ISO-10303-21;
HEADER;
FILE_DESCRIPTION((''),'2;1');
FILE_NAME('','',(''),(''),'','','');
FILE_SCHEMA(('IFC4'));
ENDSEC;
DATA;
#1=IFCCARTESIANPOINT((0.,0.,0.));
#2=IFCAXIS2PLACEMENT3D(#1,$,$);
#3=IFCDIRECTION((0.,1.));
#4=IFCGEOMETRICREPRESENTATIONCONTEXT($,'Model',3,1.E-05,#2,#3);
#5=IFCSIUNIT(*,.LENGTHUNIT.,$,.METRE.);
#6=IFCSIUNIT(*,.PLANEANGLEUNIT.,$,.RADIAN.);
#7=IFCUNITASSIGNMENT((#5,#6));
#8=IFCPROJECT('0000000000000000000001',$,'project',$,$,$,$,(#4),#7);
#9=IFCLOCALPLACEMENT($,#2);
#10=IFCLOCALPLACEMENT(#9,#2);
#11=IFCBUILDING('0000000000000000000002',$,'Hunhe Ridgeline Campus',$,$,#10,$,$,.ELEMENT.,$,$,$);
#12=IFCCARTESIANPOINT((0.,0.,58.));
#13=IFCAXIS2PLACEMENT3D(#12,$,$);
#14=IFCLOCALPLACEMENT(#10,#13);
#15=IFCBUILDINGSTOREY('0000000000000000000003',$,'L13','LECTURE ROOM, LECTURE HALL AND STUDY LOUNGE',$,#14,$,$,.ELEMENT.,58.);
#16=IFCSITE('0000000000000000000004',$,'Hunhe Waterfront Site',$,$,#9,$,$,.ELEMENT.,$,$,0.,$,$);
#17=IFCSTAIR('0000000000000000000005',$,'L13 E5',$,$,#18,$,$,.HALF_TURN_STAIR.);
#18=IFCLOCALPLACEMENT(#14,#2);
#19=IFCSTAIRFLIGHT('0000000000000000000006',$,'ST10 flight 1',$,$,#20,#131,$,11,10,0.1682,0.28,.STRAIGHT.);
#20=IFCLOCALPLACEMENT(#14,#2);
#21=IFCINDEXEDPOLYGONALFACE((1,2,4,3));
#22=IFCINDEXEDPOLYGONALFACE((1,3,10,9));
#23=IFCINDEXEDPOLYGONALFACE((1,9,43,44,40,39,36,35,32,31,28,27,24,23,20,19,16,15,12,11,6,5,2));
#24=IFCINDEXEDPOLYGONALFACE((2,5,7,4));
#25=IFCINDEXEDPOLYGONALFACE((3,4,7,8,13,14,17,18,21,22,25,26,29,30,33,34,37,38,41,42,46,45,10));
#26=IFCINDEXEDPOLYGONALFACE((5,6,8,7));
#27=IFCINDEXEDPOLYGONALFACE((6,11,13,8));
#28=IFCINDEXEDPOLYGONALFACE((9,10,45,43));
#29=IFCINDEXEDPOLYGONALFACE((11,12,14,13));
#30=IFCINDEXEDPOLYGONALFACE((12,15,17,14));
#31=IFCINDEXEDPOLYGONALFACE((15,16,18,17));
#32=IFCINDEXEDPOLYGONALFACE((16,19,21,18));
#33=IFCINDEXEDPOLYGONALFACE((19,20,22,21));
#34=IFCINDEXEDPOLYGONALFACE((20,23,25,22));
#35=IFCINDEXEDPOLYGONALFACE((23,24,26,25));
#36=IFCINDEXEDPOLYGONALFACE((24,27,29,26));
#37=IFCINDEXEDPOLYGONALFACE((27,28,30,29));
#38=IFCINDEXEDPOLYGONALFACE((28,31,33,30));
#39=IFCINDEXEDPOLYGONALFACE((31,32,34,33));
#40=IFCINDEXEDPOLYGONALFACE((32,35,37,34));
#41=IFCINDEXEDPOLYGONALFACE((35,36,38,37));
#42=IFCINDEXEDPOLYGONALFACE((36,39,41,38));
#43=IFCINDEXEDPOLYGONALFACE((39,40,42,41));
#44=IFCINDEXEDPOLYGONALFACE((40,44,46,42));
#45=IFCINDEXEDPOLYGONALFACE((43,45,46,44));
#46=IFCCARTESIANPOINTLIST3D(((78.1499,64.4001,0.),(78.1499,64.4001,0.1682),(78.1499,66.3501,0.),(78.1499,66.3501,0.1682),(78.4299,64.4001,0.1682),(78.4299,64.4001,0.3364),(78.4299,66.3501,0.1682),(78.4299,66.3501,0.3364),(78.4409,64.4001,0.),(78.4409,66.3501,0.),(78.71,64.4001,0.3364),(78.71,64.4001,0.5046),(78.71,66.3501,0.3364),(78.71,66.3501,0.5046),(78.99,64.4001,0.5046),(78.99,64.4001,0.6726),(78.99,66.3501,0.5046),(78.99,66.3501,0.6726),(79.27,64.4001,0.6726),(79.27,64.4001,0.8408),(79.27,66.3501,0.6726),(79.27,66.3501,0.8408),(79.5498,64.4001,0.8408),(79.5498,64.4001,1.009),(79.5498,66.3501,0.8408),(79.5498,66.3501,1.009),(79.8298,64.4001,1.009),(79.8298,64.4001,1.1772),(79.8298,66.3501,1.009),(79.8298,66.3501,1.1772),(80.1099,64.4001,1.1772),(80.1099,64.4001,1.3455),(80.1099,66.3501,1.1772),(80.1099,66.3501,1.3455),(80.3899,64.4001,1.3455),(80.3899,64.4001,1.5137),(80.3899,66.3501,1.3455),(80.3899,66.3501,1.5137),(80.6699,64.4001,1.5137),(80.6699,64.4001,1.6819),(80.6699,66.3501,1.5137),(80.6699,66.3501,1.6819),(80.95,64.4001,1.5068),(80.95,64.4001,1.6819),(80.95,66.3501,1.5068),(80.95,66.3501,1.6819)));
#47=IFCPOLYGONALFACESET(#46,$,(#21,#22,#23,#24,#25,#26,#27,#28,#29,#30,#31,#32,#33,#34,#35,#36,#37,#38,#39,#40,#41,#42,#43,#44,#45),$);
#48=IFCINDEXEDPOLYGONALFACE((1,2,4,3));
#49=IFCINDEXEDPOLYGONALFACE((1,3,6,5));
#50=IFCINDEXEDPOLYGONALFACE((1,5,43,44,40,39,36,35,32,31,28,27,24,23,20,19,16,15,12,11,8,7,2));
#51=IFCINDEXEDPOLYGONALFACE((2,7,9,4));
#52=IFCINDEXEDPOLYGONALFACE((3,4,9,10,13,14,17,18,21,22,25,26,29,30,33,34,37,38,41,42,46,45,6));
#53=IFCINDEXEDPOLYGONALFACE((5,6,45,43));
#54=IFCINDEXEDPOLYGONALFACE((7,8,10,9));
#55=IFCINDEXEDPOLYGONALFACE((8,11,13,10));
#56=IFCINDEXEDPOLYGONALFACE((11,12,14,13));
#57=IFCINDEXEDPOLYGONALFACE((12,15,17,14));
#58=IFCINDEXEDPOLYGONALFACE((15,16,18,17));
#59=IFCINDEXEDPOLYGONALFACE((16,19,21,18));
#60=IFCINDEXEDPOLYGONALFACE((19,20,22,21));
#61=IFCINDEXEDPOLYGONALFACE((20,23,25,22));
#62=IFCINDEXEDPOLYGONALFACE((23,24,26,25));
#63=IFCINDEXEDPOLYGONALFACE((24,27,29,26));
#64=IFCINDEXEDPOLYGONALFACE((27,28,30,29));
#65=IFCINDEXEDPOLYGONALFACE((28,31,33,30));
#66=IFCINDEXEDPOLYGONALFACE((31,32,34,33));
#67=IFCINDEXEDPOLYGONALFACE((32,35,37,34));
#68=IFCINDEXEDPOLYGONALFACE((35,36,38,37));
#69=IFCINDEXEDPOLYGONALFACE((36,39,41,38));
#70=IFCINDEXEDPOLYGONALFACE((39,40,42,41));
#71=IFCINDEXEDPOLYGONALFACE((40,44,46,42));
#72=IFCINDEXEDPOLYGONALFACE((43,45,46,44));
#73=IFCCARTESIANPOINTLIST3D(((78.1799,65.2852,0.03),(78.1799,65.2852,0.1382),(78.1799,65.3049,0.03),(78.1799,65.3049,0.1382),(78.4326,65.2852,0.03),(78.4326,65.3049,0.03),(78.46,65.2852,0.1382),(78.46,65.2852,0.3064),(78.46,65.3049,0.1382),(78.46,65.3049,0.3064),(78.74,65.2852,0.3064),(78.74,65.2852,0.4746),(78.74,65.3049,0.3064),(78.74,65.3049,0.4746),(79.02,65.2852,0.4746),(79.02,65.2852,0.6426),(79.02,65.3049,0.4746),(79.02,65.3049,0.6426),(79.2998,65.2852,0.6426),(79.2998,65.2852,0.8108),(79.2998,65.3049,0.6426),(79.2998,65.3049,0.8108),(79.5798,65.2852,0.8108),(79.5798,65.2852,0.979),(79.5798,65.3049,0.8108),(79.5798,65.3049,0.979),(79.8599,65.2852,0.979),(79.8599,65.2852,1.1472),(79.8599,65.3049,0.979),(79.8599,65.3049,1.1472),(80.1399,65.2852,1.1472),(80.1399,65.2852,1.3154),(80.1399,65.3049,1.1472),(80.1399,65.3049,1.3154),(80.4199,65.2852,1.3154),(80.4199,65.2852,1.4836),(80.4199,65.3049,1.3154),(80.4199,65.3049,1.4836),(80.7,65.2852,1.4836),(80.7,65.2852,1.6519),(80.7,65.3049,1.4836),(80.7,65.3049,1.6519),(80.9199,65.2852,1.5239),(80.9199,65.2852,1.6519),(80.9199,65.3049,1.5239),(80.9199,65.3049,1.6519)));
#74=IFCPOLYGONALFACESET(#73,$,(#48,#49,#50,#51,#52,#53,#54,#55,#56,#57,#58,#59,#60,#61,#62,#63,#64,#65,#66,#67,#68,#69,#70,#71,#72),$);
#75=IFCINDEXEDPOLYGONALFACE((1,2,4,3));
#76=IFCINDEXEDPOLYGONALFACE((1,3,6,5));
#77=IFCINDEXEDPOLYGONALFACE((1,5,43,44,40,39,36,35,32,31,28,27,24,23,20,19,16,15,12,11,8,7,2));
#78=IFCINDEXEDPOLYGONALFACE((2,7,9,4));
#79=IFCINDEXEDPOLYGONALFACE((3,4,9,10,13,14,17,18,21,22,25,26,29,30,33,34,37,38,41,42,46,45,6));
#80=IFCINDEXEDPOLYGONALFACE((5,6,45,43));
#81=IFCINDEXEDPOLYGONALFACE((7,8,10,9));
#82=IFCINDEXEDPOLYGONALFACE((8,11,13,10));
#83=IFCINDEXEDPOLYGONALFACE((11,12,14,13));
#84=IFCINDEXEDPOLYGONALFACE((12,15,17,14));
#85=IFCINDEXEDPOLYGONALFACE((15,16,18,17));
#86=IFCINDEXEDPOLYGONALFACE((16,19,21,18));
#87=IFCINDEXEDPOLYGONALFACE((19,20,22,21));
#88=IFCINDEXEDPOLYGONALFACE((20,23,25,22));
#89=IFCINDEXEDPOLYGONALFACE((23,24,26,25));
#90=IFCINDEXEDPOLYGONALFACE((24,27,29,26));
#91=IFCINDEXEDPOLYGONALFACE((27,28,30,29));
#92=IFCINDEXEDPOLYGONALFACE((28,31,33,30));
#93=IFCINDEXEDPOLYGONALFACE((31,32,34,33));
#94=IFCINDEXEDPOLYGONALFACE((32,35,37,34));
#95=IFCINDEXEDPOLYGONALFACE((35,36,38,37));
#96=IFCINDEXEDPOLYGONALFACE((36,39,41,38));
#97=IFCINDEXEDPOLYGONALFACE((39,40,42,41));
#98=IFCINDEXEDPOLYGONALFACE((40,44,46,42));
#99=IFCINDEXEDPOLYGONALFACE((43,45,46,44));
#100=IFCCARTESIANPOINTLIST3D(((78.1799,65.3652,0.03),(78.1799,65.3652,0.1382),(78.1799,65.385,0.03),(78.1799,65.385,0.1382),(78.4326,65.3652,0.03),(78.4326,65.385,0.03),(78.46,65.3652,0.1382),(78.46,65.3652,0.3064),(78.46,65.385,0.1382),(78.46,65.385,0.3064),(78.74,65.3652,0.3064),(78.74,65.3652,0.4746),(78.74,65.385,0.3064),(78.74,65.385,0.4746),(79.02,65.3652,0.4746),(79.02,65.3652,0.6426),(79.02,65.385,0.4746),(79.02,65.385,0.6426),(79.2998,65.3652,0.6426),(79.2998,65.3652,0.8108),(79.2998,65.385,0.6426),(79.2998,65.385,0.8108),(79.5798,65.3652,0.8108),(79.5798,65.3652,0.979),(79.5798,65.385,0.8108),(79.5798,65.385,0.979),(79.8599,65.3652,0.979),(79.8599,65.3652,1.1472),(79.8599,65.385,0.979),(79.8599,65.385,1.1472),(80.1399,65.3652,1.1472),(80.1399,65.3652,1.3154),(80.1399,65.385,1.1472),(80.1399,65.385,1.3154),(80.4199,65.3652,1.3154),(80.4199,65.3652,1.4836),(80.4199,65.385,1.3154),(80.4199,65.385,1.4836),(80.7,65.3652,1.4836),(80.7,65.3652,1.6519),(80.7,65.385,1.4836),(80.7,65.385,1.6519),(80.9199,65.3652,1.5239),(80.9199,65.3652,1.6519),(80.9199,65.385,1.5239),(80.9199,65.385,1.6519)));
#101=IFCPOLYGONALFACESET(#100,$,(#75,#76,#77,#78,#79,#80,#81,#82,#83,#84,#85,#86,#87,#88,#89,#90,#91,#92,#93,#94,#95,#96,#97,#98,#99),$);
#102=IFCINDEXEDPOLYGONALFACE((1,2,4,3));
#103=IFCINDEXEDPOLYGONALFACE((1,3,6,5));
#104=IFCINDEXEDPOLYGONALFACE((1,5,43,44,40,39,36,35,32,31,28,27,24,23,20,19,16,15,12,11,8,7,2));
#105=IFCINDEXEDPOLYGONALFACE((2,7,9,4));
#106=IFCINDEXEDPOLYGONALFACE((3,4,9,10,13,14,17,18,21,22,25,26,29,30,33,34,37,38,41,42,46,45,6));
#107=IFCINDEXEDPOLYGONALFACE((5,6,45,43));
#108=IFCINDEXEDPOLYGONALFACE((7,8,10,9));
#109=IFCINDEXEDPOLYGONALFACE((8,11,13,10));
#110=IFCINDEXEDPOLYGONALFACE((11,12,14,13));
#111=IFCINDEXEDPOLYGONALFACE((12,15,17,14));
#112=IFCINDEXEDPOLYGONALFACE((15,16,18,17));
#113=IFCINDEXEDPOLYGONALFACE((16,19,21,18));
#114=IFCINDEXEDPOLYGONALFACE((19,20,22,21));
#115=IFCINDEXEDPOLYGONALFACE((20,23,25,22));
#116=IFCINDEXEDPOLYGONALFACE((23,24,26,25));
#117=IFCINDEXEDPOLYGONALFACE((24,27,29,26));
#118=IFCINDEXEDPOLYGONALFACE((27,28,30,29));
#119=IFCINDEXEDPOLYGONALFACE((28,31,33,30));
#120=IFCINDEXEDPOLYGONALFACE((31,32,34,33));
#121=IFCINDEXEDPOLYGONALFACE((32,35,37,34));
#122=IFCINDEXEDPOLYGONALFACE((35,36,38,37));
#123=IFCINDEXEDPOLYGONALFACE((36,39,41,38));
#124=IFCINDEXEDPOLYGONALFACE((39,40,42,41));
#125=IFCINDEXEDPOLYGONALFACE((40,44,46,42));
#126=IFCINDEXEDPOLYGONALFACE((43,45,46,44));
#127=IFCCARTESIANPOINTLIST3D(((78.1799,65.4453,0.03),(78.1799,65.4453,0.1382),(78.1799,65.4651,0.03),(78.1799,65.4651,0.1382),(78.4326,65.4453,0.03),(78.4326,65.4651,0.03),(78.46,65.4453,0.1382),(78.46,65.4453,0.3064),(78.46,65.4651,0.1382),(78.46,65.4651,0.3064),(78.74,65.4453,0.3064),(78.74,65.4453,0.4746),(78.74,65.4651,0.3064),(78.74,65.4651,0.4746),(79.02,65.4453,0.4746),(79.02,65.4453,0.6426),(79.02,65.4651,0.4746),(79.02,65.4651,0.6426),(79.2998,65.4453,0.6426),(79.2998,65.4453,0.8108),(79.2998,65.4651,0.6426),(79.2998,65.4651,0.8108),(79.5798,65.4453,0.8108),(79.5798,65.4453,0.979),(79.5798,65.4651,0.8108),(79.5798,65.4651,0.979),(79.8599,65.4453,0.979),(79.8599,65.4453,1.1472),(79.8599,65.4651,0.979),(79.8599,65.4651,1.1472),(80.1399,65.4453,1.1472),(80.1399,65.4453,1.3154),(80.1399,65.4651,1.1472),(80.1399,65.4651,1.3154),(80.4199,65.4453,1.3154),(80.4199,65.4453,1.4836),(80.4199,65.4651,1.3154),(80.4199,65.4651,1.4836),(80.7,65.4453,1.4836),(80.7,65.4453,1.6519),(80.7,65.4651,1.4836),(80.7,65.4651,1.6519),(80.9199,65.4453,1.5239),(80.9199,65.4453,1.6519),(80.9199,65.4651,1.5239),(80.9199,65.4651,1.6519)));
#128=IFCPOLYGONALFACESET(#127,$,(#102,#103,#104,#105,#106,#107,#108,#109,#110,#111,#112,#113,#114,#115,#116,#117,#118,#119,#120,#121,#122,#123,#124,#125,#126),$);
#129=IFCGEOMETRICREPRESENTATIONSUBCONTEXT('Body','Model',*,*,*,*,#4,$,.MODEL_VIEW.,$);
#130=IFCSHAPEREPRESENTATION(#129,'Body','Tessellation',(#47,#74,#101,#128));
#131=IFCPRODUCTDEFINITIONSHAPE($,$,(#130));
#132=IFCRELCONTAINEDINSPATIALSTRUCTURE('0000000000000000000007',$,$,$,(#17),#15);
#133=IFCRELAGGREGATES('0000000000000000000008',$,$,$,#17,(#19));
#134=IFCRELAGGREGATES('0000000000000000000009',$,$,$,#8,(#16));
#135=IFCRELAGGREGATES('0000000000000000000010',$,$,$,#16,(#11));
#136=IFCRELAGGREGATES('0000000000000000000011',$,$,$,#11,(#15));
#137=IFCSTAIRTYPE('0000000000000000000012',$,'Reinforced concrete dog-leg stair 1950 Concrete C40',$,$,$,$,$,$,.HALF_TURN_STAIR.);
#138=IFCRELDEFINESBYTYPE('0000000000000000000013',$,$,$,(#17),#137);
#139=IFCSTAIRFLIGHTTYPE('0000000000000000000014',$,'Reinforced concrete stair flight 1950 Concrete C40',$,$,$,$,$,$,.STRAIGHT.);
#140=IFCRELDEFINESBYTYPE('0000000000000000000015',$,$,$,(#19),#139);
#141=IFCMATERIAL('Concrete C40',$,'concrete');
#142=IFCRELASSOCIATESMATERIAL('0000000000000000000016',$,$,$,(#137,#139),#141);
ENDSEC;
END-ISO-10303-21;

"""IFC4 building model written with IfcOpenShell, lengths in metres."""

from ifc_helpers import new_model, si_unit, direction, frame, origin, place, context, subcontext, project, spatial, polyline, outline, extrude, material, type_object, element, aggregate, save


model = new_model("IFC4")

# Units and contexts
model_context = context("Model", 3, precision=1e-05, world=origin(), true_north=direction((0.0, 1.0)))
body_context = subcontext(model_context, "Body", "Model", "MODEL_VIEW")
ifc_project = project(units=[si_unit("LENGTHUNIT", "METRE"), si_unit("PLANEANGLEUNIT", "RADIAN")], contexts=[model_context])

# Site, building, storey
site_placement = place(None, origin())
site = spatial("IfcSite", under=ifc_project, at=site_placement, Name="Hunhe Waterfront Site", CompositionType="ELEMENT", RefElevation=0.0)
building_placement = place(site_placement, origin())
building = spatial("IfcBuilding", under=site, at=building_placement, Name="Hunhe Ridgeline Campus", CompositionType="ELEMENT")
storey_placement = place(building_placement, frame((0.0, 0.0, 58.0)))
storey = spatial("IfcBuildingStorey", under=building, at=storey_placement, Name="L13", Description="LECTURE ROOM, LECTURE HALL AND STUDY LOUNGE", CompositionType="ELEMENT", Elevation=58.0)

# Stair, stair flight
ifc_material_1 = material(Name="Concrete C40", Category="concrete")
stair_type = type_object("IfcStairType", Name="Reinforced concrete dog-leg stair 1950 Concrete C40", PredefinedType="HALF_TURN_STAIR", material=ifc_material_1)
stair_placement = place(storey_placement, origin())
stair = element("IfcStair", 1, at=stair_placement, inside=storey, type_object=stair_type, Name="L13 E5", PredefinedType="HALF_TURN_STAIR")
stair_flight_type = type_object("IfcStairFlightType", Name="Reinforced concrete stair flight 1950 Concrete C40", PredefinedType="STRAIGHT", material=ifc_material_1)
stair_flight_1_placement = place(storey_placement, frame((78.1499, 65.375, 0.0), z_axis=(0.0, 0.0, 1.0), x_axis=(1.0, 0.0, 0.0)))
stair_flight_1 = element("IfcStairFlight", 2, at=stair_flight_1_placement, type_object=stair_flight_type, Name="ST10 flight 1", NumberOfRisers=11, NumberOfTreads=10, PredefinedType="STRAIGHT", RiserHeight=0.1682, TreadLength=0.28, context=body_context, shape_type="SweptSolid", body=[
    extrude(outline(polyline([(0.0, 0.0), (0.0, 0.1682), (0.28, 0.1682), (0.28, 0.3364), (0.5601, 0.3364), (0.5601, 0.5046), (0.8401, 0.5046), (0.8401, 0.6726), (1.1201, 0.6726), (1.1201, 0.8408), (1.3999, 0.8408), (1.3999, 1.009), (1.6799, 1.009), (1.6799, 1.1772), (1.96, 1.1772), (1.96, 1.3455), (2.24, 1.3455), (2.24, 1.5137), (2.52, 1.5137), (2.52, 1.6819), (2.8, 1.6819), (2.8, 1.8501), (2.8, 1.5068), (0.291, 0.0), (0.0, 0.0)])), frame((0.0, 0.9751, 0.0), z_axis=(0.0, -1.0, 0.0), x_axis=(1.0, 0.0, 0.0)), (0.0, 0.0, 1.0), 1.95),
    extrude(outline(polyline([(0.03, 0.03), (0.03, 0.1382), (0.3101, 0.1382), (0.3101, 0.3064), (0.5901, 0.3064), (0.5901, 0.4746), (0.8701, 0.4746), (0.8701, 0.6426), (1.1499, 0.6426), (1.1499, 0.8108), (1.4299, 0.8108), (1.4299, 0.979), (1.71, 0.979), (1.71, 1.1472), (1.99, 1.1472), (1.99, 1.3154), (2.27, 1.3154), (2.27, 1.4836), (2.55, 1.4836), (2.55, 1.6519), (2.77, 1.6519), (2.77, 1.5239), (0.2827, 0.03), (0.03, 0.03)])), frame((0.0, -0.0701, 0.0), z_axis=(0.0, -1.0, 0.0), x_axis=(1.0, 0.0, 0.0)), (0.0, 0.0, 1.0), 0.0198),
    extrude(outline(polyline([(0.03, 0.03), (0.03, 0.1382), (0.3101, 0.1382), (0.3101, 0.3064), (0.5901, 0.3064), (0.5901, 0.4746), (0.8701, 0.4746), (0.8701, 0.6426), (1.1499, 0.6426), (1.1499, 0.8108), (1.4299, 0.8108), (1.4299, 0.979), (1.71, 0.979), (1.71, 1.1472), (1.99, 1.1472), (1.99, 1.3154), (2.27, 1.3154), (2.27, 1.4836), (2.55, 1.4836), (2.55, 1.6519), (2.77, 1.6519), (2.77, 1.5239), (0.2827, 0.03), (0.03, 0.03)])), frame((0.0, 0.01, 0.0), z_axis=(0.0, -1.0, 0.0), x_axis=(1.0, 0.0, 0.0)), (0.0, 0.0, 1.0), 0.0198),
    extrude(outline(polyline([(0.03, 0.03), (0.03, 0.1382), (0.3101, 0.1382), (0.3101, 0.3064), (0.5901, 0.3064), (0.5901, 0.4746), (0.8701, 0.4746), (0.8701, 0.6426), (1.1499, 0.6426), (1.1499, 0.8108), (1.4299, 0.8108), (1.4299, 0.979), (1.71, 0.979), (1.71, 1.1472), (1.99, 1.1472), (1.99, 1.3154), (2.27, 1.3154), (2.27, 1.4836), (2.55, 1.4836), (2.55, 1.6519), (2.77, 1.6519), (2.77, 1.5239), (0.2827, 0.03), (0.03, 0.03)])), frame((0.0, 0.0901, 0.0), z_axis=(0.0, -1.0, 0.0), x_axis=(1.0, 0.0, 0.0)), (0.0, 0.0, 1.0), 0.0198),
])
aggregate(stair, [stair_flight_1])

save(model, "model.ifc")
